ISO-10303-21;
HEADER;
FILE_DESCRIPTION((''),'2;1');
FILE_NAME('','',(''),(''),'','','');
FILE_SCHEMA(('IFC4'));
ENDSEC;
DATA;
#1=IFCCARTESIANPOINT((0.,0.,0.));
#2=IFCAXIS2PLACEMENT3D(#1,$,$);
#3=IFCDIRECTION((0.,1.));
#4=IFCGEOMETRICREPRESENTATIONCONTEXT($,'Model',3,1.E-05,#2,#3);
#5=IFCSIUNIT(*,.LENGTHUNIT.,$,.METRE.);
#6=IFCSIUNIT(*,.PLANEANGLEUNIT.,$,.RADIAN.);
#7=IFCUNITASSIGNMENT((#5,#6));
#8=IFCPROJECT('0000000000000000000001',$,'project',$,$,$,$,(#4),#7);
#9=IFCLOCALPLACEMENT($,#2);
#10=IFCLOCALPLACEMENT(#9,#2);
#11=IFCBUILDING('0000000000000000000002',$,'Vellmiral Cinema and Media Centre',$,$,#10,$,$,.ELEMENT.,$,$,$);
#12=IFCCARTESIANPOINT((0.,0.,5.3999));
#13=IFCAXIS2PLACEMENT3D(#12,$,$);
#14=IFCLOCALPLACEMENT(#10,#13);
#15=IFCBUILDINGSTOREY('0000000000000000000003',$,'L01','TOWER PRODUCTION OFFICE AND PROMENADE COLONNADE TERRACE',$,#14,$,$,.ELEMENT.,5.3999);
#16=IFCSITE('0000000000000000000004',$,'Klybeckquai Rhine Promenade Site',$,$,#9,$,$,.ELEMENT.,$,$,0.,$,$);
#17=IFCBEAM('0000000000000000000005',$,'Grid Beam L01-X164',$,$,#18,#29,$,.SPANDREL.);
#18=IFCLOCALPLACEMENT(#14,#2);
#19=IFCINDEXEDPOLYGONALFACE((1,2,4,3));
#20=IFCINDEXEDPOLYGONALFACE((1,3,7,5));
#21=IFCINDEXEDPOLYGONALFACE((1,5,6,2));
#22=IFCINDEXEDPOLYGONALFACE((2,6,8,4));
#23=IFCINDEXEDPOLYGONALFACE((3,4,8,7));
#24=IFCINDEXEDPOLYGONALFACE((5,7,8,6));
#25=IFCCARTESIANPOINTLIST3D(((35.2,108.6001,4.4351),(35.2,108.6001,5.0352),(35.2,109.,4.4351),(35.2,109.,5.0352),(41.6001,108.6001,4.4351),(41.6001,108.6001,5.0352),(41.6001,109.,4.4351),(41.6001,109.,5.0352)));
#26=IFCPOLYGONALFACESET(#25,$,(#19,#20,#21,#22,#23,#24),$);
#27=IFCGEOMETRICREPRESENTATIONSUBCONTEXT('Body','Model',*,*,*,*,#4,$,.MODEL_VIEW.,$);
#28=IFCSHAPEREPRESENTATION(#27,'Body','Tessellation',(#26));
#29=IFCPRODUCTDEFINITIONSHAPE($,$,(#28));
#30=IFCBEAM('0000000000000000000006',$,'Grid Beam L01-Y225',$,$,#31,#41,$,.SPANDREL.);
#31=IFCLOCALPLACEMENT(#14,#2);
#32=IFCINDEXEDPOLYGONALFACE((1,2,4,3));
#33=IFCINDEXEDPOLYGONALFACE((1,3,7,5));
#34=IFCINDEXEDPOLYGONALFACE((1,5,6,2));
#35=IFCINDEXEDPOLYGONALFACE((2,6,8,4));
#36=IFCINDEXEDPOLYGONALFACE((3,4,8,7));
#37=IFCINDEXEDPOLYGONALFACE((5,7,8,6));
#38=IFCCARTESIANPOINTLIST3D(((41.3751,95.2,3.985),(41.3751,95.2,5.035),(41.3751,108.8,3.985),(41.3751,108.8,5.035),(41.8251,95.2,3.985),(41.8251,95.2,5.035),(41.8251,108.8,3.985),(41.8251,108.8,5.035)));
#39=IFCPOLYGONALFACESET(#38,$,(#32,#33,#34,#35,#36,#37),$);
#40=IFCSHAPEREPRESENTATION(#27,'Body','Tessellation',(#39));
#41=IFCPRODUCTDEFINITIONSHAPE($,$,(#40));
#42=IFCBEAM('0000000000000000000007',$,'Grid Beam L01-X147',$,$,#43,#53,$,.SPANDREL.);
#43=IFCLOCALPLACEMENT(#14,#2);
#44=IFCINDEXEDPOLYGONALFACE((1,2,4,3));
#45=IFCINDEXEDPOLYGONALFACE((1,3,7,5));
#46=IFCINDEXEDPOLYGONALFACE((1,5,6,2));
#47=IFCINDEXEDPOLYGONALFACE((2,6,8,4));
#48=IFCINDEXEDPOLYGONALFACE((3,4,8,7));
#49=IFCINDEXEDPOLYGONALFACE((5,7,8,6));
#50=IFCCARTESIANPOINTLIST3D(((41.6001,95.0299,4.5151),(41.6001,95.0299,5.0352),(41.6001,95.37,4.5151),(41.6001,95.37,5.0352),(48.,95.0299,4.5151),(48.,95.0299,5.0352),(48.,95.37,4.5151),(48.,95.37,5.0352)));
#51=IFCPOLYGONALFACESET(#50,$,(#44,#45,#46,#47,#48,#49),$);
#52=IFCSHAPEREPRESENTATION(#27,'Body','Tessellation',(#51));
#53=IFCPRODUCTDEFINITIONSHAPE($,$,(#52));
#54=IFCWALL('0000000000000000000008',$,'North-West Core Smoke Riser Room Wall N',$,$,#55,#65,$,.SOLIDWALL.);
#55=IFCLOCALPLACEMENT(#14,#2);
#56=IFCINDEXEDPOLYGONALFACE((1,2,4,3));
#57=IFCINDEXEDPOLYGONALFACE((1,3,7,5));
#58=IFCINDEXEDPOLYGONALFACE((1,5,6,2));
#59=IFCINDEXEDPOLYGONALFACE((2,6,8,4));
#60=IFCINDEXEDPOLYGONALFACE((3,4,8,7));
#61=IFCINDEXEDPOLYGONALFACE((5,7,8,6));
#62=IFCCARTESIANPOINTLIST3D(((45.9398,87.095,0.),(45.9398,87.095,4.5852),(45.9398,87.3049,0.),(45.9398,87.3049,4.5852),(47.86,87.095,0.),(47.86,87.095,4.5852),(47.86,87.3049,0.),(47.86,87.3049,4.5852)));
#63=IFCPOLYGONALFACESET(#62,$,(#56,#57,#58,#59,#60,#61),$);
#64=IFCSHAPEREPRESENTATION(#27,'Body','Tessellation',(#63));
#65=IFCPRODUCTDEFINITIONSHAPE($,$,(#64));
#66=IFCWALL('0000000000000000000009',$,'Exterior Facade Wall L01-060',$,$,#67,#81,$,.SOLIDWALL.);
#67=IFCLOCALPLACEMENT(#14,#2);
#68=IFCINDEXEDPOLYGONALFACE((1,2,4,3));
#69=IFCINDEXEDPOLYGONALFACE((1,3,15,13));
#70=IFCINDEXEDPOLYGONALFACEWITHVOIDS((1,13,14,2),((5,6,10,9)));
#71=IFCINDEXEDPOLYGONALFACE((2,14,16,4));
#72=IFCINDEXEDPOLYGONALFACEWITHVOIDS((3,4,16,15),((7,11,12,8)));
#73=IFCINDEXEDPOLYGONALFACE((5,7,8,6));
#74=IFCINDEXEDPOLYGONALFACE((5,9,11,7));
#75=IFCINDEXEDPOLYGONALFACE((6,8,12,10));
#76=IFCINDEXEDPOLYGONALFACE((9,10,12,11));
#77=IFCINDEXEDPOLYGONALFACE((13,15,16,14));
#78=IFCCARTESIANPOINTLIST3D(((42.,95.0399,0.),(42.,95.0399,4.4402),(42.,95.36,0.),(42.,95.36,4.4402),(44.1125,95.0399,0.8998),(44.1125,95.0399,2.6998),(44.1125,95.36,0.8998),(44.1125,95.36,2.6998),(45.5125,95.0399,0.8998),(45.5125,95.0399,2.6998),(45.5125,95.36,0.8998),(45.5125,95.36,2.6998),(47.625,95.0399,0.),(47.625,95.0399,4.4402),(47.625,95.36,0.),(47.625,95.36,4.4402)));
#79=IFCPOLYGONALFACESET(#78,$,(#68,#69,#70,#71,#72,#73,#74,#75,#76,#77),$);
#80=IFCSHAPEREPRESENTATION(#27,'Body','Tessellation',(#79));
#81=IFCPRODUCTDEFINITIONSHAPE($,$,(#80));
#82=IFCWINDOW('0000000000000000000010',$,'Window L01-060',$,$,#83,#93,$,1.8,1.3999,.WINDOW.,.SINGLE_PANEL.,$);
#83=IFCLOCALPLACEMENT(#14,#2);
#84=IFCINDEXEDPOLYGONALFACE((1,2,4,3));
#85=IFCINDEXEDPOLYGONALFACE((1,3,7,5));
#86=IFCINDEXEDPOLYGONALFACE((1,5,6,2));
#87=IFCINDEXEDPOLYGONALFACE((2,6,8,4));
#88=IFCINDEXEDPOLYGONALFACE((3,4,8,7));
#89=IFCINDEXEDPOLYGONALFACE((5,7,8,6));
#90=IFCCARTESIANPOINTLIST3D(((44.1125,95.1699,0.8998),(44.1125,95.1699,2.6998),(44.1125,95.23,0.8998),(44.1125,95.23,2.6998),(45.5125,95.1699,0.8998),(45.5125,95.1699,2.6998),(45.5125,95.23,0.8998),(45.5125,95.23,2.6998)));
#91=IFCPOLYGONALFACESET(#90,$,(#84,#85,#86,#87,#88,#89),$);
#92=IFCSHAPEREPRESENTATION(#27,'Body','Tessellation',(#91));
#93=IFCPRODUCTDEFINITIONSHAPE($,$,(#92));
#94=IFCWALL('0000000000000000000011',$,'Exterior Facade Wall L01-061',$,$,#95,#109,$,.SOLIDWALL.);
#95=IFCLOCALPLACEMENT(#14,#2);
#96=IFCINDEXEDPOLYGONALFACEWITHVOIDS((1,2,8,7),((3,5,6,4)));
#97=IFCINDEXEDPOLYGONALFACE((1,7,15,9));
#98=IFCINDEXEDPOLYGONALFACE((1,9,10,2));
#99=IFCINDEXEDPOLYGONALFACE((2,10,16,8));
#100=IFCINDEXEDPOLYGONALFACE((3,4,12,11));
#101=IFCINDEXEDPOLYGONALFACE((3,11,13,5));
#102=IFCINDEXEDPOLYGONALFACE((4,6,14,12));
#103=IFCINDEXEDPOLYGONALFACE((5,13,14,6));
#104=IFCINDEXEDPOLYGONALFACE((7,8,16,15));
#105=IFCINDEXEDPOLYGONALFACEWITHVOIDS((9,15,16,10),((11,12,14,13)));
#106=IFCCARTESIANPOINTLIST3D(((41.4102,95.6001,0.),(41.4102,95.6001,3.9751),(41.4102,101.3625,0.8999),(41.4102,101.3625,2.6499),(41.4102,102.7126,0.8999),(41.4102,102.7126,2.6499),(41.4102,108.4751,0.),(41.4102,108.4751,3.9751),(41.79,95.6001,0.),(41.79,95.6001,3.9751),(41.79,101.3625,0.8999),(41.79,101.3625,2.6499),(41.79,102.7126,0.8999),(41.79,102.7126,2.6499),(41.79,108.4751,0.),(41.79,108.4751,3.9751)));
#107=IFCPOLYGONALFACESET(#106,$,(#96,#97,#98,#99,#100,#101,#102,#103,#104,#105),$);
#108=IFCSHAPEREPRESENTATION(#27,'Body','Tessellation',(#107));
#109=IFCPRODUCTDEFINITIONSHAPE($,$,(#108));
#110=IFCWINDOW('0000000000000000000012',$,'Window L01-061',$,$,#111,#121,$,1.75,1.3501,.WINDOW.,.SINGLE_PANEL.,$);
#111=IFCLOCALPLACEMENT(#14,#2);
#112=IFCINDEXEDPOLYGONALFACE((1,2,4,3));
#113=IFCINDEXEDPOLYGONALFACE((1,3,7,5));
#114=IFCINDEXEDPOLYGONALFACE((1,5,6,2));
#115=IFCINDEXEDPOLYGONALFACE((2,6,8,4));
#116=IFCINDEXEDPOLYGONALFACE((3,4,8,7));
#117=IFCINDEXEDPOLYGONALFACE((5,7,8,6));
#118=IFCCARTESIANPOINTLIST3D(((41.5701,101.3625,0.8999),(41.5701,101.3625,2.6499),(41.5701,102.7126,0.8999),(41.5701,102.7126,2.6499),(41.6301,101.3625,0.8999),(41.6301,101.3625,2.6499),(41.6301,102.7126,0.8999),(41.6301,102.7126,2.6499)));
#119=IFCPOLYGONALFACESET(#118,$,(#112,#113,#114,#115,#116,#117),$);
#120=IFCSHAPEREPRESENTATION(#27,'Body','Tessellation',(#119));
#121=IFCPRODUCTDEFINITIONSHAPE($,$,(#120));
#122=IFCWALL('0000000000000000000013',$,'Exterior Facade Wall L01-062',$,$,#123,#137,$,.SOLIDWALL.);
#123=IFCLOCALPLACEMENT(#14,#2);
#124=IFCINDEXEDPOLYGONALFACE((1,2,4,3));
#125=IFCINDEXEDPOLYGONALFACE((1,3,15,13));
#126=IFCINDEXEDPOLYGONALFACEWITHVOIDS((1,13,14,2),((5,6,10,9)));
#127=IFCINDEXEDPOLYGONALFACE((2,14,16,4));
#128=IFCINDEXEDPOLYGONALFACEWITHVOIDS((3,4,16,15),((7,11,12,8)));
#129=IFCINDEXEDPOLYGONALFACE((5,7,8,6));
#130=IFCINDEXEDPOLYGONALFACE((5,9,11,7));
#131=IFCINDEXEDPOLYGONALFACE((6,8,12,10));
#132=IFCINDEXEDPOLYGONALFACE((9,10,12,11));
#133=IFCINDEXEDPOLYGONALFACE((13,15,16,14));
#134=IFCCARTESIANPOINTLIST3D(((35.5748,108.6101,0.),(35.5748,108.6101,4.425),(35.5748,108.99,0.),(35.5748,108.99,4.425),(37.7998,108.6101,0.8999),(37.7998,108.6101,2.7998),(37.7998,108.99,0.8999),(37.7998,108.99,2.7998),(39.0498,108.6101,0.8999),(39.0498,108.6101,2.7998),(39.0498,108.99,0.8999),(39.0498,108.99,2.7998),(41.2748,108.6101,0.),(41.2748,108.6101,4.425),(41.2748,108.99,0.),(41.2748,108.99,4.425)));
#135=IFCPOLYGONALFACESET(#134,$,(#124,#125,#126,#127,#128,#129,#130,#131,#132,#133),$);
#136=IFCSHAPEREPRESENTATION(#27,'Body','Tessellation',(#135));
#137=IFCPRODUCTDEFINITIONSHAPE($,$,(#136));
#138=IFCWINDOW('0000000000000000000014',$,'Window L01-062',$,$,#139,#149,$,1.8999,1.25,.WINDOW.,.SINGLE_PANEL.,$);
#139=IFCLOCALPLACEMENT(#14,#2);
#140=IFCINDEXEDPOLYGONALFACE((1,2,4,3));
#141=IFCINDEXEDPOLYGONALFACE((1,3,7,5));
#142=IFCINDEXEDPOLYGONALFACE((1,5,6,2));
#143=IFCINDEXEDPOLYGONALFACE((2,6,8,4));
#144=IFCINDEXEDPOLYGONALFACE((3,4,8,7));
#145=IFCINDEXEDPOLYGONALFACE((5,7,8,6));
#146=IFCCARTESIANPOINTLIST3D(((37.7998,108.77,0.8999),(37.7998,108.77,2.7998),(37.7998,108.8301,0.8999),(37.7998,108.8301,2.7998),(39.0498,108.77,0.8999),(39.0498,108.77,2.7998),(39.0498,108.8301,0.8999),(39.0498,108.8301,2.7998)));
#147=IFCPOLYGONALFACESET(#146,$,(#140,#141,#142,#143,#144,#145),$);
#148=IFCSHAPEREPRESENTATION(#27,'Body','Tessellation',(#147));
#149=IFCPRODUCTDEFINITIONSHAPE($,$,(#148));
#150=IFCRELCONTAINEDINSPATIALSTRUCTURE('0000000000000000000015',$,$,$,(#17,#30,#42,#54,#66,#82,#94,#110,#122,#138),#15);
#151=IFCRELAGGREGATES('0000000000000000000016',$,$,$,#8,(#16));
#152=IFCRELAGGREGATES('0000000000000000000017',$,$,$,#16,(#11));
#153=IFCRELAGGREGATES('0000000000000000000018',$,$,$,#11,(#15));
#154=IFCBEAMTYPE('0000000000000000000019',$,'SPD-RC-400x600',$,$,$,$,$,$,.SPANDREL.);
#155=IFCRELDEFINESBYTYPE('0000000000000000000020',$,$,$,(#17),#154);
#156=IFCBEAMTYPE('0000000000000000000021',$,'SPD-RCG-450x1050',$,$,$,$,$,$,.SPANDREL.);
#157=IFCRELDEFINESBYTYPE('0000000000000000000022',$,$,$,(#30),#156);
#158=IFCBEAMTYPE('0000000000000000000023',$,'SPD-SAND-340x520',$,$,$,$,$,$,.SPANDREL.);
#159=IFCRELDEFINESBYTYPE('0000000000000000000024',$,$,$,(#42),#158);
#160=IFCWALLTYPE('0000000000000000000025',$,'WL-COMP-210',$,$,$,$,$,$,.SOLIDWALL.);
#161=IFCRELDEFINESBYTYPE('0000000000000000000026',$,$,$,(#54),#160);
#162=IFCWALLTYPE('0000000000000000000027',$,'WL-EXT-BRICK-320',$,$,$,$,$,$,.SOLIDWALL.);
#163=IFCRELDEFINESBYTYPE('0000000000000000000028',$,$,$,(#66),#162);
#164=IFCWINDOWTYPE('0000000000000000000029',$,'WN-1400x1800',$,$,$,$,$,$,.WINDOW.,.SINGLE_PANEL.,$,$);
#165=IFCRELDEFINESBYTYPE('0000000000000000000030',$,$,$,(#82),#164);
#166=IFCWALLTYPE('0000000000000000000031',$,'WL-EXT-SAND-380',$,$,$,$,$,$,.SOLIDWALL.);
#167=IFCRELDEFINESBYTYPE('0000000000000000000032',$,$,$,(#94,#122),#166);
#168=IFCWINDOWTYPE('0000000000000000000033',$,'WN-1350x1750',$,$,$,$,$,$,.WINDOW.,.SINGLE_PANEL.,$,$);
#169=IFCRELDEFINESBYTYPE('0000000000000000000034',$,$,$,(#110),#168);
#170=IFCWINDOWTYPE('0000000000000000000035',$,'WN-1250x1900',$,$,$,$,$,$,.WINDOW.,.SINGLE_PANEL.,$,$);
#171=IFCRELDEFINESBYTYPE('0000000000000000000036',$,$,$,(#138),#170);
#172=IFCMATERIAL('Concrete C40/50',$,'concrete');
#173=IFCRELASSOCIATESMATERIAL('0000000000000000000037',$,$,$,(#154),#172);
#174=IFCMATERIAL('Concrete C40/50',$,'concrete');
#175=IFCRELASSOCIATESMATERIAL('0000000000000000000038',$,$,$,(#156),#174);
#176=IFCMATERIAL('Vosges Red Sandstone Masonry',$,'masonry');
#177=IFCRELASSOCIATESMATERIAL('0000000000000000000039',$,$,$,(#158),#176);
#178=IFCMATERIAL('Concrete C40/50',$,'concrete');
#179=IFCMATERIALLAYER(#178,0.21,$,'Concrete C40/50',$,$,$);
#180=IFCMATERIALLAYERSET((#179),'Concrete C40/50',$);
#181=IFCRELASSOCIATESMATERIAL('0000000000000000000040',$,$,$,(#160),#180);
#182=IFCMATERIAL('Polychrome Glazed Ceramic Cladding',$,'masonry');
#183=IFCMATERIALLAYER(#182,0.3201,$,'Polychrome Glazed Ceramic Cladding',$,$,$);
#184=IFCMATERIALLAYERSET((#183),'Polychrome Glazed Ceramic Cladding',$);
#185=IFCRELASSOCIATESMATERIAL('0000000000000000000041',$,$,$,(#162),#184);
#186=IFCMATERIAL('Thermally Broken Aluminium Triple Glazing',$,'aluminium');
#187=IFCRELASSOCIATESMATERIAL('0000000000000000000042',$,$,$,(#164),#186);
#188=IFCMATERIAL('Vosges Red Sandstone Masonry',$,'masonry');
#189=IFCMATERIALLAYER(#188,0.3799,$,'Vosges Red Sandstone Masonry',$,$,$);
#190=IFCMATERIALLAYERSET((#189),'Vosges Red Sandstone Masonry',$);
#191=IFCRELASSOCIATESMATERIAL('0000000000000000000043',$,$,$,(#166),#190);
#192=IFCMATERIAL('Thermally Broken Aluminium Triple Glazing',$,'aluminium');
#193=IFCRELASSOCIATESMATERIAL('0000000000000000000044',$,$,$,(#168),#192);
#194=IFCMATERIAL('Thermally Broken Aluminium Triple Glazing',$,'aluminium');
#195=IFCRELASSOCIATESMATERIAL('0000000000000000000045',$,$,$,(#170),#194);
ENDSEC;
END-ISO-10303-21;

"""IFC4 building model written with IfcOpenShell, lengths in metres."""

from ifc_helpers import new_model, si_unit, direction, frame, frame_2d, origin, origin_2d, place, context, subcontext, project, spatial, rectangle, extrude, material, layer, layer_set, material_profile, profile_set, type_object, element, fill, save


model = new_model("IFC4")

# Units and contexts
model_context = context("Model", 3, precision=1e-05, world=origin(), true_north=direction((0.0, 1.0)))
body_context = subcontext(model_context, "Body", "Model", "MODEL_VIEW")
ifc_project = project(units=[si_unit("LENGTHUNIT", "METRE"), si_unit("PLANEANGLEUNIT", "RADIAN")], contexts=[model_context])

# Site, building, storey
site_placement = place(None, origin())
site = spatial("IfcSite", under=ifc_project, at=site_placement, Name="Klybeckquai Rhine Promenade Site", CompositionType="ELEMENT", RefElevation=0.0)
building_placement = place(site_placement, origin())
building = spatial("IfcBuilding", under=site, at=building_placement, Name="Vellmiral Cinema and Media Centre", CompositionType="ELEMENT")
storey_placement = place(building_placement, frame((0.0, 0.0, 5.3999)))
storey = spatial("IfcBuildingStorey", under=building, at=storey_placement, Name="L01", Description="TOWER PRODUCTION OFFICE AND PROMENADE COLONNADE TERRACE", CompositionType="ELEMENT", Elevation=5.3999)

# Beams
ifc_material_1 = material(Name="Concrete C40/50", Category="concrete")
ifc_material_profile_1 = material_profile(ifc_material_1, rectangle(XDim=0.3999, YDim=0.6001, at=origin_2d()), Name="RC 400x600")
ifc_profile_set_1 = profile_set([ifc_material_profile_1], Name="Concrete C40/50")
beam_type_1 = type_object("IfcBeamType", Name="SPD-RC-400x600", PredefinedType="SPANDREL", material=ifc_profile_set_1)
beam_1_placement = place(storey_placement, frame((35.2, 108.8, 4.7351), z_axis=(1.0, 0.0, 0.0), x_axis=(0.0, 1.0, 0.0)))
element("IfcBeam", 1, at=beam_1_placement, inside=storey, type_object=beam_type_1, Name="Grid Beam L01-X164", PredefinedType="SPANDREL", context=body_context, shape_type="SweptSolid", body=[
    extrude(rectangle(XDim=0.3999, YDim=0.6001, at=origin_2d()), origin(), (0.0, 0.0, 1.0), 6.4001),
])
ifc_material_2 = material(Name="Concrete C40/50", Category="concrete")
ifc_material_profile_2 = material_profile(ifc_material_2, rectangle(XDim=0.45, YDim=1.05, at=origin_2d()), Name="RC 450x1050")
ifc_profile_set_2 = profile_set([ifc_material_profile_2], Name="Concrete C40/50")
beam_type_2 = type_object("IfcBeamType", Name="SPD-RCG-450x1050", PredefinedType="SPANDREL", material=ifc_profile_set_2)
beam_2_placement = place(storey_placement, frame((41.6001, 95.2, 4.51), z_axis=(0.0, 1.0, 0.0), x_axis=(-1.0, 0.0, 0.0)))
element("IfcBeam", 2, at=beam_2_placement, inside=storey, type_object=beam_type_2, Name="Grid Beam L01-Y225", PredefinedType="SPANDREL", context=body_context, shape_type="SweptSolid", body=[
    extrude(rectangle(XDim=0.45, YDim=1.05, at=origin_2d()), origin(), (0.0, 0.0, 1.0), 13.6001),
])
ifc_material_3 = material(Name="Vosges Red Sandstone Masonry", Category="masonry")
ifc_material_profile_3 = material_profile(ifc_material_3, rectangle(XDim=0.3401, YDim=0.52, at=origin_2d()), Name="SAND 340x520")
ifc_profile_set_3 = profile_set([ifc_material_profile_3], Name="Vosges Red Sandstone Masonry")
beam_type_3 = type_object("IfcBeamType", Name="SPD-SAND-340x520", PredefinedType="SPANDREL", material=ifc_profile_set_3)
beam_3_placement = place(storey_placement, frame((41.6001, 95.2, 4.7751), z_axis=(1.0, 0.0, 0.0), x_axis=(0.0, 1.0, 0.0)))
element("IfcBeam", 3, at=beam_3_placement, inside=storey, type_object=beam_type_3, Name="Grid Beam L01-X147", PredefinedType="SPANDREL", context=body_context, shape_type="SweptSolid", body=[
    extrude(rectangle(XDim=0.3401, YDim=0.52, at=origin_2d()), origin(), (0.0, 0.0, 1.0), 6.3999),
])

# Wall
ifc_material_4 = material(Name="Concrete C40/50", Category="concrete")
ifc_layer_1 = layer(ifc_material_4, 0.21, Name="Concrete C40/50")
ifc_layer_set_1 = layer_set([ifc_layer_1], Name="Concrete C40/50")
wall_type_1 = type_object("IfcWallType", Name="WL-COMP-210", PredefinedType="SOLIDWALL", material=ifc_layer_set_1)
wall_1_placement = place(storey_placement, frame((45.9399, 87.2, 0.0), z_axis=(0.0, 0.0, 1.0), x_axis=(1.0, 0.0, 0.0)))
element("IfcWall", 4, at=wall_1_placement, inside=storey, type_object=wall_type_1, Name="North-West Core Smoke Riser Room Wall N", PredefinedType="SOLIDWALL", context=body_context, shape_type="SweptSolid", body=[
    extrude(rectangle(XDim=1.9202, YDim=0.21, at=frame_2d((0.96, 0.0))), origin(), (0.0, 0.0, 1.0), 4.5852),
])

# Walls, openings, windows
ifc_material_5 = material(Name="Polychrome Glazed Ceramic Cladding", Category="masonry")
ifc_layer_2 = layer(ifc_material_5, 0.3201, Name="Polychrome Glazed Ceramic Cladding")
ifc_layer_set_2 = layer_set([ifc_layer_2], Name="Polychrome Glazed Ceramic Cladding")
wall_type_2 = type_object("IfcWallType", Name="WL-EXT-BRICK-320", PredefinedType="SOLIDWALL", material=ifc_layer_set_2)
wall_2_placement = place(storey_placement, frame((47.625, 95.2, 0.0), z_axis=(0.0, 0.0, 1.0), x_axis=(-1.0, 0.0, 0.0)))
wall_2 = element("IfcWall", 5, at=wall_2_placement, inside=storey, type_object=wall_type_2, Name="Exterior Facade Wall L01-060", PredefinedType="SOLIDWALL", context=body_context, shape_type="SweptSolid", body=[
    extrude(rectangle(XDim=5.625, YDim=0.3201, at=frame_2d((2.8125, 0.0))), origin(), (0.0, 0.0, 1.0), 4.4402),
])
opening_1_placement = place(wall_2_placement, frame((2.1125, 0.0, 0.8999)))
opening_1 = element("IfcOpeningElement", 6, at=opening_1_placement, cuts=wall_2, PredefinedType="OPENING", context=body_context, shape_type="SweptSolid", body=[
    extrude(rectangle(XDim=1.3999, YDim=1.8, at=frame_2d((0.7, 0.8999))), frame((0.0, 0.1719, 0.0), z_axis=(0.0, -1.0, 0.0), x_axis=(1.0, 0.0, 0.0)), (0.0, 0.0, 1.0), 0.344),
])
ifc_material_6 = material(Name="Thermally Broken Aluminium Triple Glazing", Category="aluminium")
window_type_1 = type_object("IfcWindowType", Name="WN-1400x1800", PartitioningType="SINGLE_PANEL", PredefinedType="WINDOW", material=ifc_material_6)
window_1_placement = place(opening_1_placement, origin())
window_1 = element("IfcWindow", 7, at=window_1_placement, inside=storey, type_object=window_type_1, Name="Window L01-060", OverallHeight=1.8, OverallWidth=1.3999, PartitioningType="SINGLE_PANEL", PredefinedType="WINDOW", context=body_context, shape_type="SweptSolid", body=[
    extrude(rectangle(XDim=1.3999, YDim=1.8, at=frame_2d((0.7, 0.8999))), frame((0.0, 0.03, 0.0), z_axis=(0.0, -1.0, 0.0), x_axis=(1.0, 0.0, 0.0)), (0.0, 0.0, 1.0), 0.0601),
])
fill(opening_1, window_1)
ifc_material_7 = material(Name="Vosges Red Sandstone Masonry", Category="masonry")
ifc_layer_3 = layer(ifc_material_7, 0.3799, Name="Vosges Red Sandstone Masonry")
ifc_layer_set_3 = layer_set([ifc_layer_3], Name="Vosges Red Sandstone Masonry")
wall_type_3 = type_object("IfcWallType", Name="WL-EXT-SAND-380", PredefinedType="SOLIDWALL", material=ifc_layer_set_3)
wall_3_placement = place(storey_placement, frame((41.6001, 95.6001, 0.0), z_axis=(0.0, 0.0, 1.0), x_axis=(0.0, 1.0, 0.0)))
wall_3 = element("IfcWall", 8, at=wall_3_placement, inside=storey, type_object=wall_type_3, Name="Exterior Facade Wall L01-061", PredefinedType="SOLIDWALL", context=body_context, shape_type="SweptSolid", body=[
    extrude(rectangle(XDim=12.875, YDim=0.3799, at=frame_2d((6.4375, 0.0))), origin(), (0.0, 0.0, 1.0), 3.9751),
])
opening_2_placement = place(wall_3_placement, frame((5.7625, 0.0, 0.8999)))
opening_2 = element("IfcOpeningElement", 9, at=opening_2_placement, cuts=wall_3, PredefinedType="OPENING", context=body_context, shape_type="SweptSolid", body=[
    extrude(rectangle(XDim=1.3501, YDim=1.75, at=frame_2d((0.675, 0.875))), frame((0.0, 0.2019, 0.0), z_axis=(0.0, -1.0, 0.0), x_axis=(1.0, 0.0, 0.0)), (0.0, 0.0, 1.0), 0.4038),
])
ifc_material_8 = material(Name="Thermally Broken Aluminium Triple Glazing", Category="aluminium")
window_type_2 = type_object("IfcWindowType", Name="WN-1350x1750", PartitioningType="SINGLE_PANEL", PredefinedType="WINDOW", material=ifc_material_8)
window_2_placement = place(opening_2_placement, origin())
window_2 = element("IfcWindow", 10, at=window_2_placement, inside=storey, type_object=window_type_2, Name="Window L01-061", OverallHeight=1.75, OverallWidth=1.3501, PartitioningType="SINGLE_PANEL", PredefinedType="WINDOW", context=body_context, shape_type="SweptSolid", body=[
    extrude(rectangle(XDim=1.3501, YDim=1.75, at=frame_2d((0.675, 0.875))), frame((0.0, 0.03, 0.0), z_axis=(0.0, -1.0, 0.0), x_axis=(1.0, 0.0, 0.0)), (0.0, 0.0, 1.0), 0.0601),
])
fill(opening_2, window_2)
wall_4_placement = place(storey_placement, frame((41.2749, 108.8, 0.0), z_axis=(0.0, 0.0, 1.0), x_axis=(-1.0, 0.0, 0.0)))
wall_4 = element("IfcWall", 11, at=wall_4_placement, inside=storey, type_object=wall_type_3, Name="Exterior Facade Wall L01-062", PredefinedType="SOLIDWALL", context=body_context, shape_type="SweptSolid", body=[
    extrude(rectangle(XDim=5.7, YDim=0.3799, at=frame_2d((2.8501, 0.0))), origin(), (0.0, 0.0, 1.0), 4.425),
])
opening_3_placement = place(wall_4_placement, frame((2.2251, 0.0, 0.8999)))
opening_3 = element("IfcOpeningElement", 12, at=opening_3_placement, cuts=wall_4, PredefinedType="OPENING", context=body_context, shape_type="SweptSolid", body=[
    extrude(rectangle(XDim=1.25, YDim=1.8999, at=frame_2d((0.625, 0.95))), frame((0.0, 0.2019, 0.0), z_axis=(0.0, -1.0, 0.0), x_axis=(1.0, 0.0, 0.0)), (0.0, 0.0, 1.0), 0.4038),
])
ifc_material_9 = material(Name="Thermally Broken Aluminium Triple Glazing", Category="aluminium")
window_type_3 = type_object("IfcWindowType", Name="WN-1250x1900", PartitioningType="SINGLE_PANEL", PredefinedType="WINDOW", material=ifc_material_9)
window_3_placement = place(opening_3_placement, origin())
window_3 = element("IfcWindow", 13, at=window_3_placement, inside=storey, type_object=window_type_3, Name="Window L01-062", OverallHeight=1.8999, OverallWidth=1.25, PartitioningType="SINGLE_PANEL", PredefinedType="WINDOW", context=body_context, shape_type="SweptSolid", body=[
    extrude(rectangle(XDim=1.25, YDim=1.8999, at=frame_2d((0.625, 0.95))), frame((0.0, 0.03, 0.0), z_axis=(0.0, -1.0, 0.0), x_axis=(1.0, 0.0, 0.0)), (0.0, 0.0, 1.0), 0.0601),
])
fill(opening_3, window_3)

save(model, "model.ifc")
